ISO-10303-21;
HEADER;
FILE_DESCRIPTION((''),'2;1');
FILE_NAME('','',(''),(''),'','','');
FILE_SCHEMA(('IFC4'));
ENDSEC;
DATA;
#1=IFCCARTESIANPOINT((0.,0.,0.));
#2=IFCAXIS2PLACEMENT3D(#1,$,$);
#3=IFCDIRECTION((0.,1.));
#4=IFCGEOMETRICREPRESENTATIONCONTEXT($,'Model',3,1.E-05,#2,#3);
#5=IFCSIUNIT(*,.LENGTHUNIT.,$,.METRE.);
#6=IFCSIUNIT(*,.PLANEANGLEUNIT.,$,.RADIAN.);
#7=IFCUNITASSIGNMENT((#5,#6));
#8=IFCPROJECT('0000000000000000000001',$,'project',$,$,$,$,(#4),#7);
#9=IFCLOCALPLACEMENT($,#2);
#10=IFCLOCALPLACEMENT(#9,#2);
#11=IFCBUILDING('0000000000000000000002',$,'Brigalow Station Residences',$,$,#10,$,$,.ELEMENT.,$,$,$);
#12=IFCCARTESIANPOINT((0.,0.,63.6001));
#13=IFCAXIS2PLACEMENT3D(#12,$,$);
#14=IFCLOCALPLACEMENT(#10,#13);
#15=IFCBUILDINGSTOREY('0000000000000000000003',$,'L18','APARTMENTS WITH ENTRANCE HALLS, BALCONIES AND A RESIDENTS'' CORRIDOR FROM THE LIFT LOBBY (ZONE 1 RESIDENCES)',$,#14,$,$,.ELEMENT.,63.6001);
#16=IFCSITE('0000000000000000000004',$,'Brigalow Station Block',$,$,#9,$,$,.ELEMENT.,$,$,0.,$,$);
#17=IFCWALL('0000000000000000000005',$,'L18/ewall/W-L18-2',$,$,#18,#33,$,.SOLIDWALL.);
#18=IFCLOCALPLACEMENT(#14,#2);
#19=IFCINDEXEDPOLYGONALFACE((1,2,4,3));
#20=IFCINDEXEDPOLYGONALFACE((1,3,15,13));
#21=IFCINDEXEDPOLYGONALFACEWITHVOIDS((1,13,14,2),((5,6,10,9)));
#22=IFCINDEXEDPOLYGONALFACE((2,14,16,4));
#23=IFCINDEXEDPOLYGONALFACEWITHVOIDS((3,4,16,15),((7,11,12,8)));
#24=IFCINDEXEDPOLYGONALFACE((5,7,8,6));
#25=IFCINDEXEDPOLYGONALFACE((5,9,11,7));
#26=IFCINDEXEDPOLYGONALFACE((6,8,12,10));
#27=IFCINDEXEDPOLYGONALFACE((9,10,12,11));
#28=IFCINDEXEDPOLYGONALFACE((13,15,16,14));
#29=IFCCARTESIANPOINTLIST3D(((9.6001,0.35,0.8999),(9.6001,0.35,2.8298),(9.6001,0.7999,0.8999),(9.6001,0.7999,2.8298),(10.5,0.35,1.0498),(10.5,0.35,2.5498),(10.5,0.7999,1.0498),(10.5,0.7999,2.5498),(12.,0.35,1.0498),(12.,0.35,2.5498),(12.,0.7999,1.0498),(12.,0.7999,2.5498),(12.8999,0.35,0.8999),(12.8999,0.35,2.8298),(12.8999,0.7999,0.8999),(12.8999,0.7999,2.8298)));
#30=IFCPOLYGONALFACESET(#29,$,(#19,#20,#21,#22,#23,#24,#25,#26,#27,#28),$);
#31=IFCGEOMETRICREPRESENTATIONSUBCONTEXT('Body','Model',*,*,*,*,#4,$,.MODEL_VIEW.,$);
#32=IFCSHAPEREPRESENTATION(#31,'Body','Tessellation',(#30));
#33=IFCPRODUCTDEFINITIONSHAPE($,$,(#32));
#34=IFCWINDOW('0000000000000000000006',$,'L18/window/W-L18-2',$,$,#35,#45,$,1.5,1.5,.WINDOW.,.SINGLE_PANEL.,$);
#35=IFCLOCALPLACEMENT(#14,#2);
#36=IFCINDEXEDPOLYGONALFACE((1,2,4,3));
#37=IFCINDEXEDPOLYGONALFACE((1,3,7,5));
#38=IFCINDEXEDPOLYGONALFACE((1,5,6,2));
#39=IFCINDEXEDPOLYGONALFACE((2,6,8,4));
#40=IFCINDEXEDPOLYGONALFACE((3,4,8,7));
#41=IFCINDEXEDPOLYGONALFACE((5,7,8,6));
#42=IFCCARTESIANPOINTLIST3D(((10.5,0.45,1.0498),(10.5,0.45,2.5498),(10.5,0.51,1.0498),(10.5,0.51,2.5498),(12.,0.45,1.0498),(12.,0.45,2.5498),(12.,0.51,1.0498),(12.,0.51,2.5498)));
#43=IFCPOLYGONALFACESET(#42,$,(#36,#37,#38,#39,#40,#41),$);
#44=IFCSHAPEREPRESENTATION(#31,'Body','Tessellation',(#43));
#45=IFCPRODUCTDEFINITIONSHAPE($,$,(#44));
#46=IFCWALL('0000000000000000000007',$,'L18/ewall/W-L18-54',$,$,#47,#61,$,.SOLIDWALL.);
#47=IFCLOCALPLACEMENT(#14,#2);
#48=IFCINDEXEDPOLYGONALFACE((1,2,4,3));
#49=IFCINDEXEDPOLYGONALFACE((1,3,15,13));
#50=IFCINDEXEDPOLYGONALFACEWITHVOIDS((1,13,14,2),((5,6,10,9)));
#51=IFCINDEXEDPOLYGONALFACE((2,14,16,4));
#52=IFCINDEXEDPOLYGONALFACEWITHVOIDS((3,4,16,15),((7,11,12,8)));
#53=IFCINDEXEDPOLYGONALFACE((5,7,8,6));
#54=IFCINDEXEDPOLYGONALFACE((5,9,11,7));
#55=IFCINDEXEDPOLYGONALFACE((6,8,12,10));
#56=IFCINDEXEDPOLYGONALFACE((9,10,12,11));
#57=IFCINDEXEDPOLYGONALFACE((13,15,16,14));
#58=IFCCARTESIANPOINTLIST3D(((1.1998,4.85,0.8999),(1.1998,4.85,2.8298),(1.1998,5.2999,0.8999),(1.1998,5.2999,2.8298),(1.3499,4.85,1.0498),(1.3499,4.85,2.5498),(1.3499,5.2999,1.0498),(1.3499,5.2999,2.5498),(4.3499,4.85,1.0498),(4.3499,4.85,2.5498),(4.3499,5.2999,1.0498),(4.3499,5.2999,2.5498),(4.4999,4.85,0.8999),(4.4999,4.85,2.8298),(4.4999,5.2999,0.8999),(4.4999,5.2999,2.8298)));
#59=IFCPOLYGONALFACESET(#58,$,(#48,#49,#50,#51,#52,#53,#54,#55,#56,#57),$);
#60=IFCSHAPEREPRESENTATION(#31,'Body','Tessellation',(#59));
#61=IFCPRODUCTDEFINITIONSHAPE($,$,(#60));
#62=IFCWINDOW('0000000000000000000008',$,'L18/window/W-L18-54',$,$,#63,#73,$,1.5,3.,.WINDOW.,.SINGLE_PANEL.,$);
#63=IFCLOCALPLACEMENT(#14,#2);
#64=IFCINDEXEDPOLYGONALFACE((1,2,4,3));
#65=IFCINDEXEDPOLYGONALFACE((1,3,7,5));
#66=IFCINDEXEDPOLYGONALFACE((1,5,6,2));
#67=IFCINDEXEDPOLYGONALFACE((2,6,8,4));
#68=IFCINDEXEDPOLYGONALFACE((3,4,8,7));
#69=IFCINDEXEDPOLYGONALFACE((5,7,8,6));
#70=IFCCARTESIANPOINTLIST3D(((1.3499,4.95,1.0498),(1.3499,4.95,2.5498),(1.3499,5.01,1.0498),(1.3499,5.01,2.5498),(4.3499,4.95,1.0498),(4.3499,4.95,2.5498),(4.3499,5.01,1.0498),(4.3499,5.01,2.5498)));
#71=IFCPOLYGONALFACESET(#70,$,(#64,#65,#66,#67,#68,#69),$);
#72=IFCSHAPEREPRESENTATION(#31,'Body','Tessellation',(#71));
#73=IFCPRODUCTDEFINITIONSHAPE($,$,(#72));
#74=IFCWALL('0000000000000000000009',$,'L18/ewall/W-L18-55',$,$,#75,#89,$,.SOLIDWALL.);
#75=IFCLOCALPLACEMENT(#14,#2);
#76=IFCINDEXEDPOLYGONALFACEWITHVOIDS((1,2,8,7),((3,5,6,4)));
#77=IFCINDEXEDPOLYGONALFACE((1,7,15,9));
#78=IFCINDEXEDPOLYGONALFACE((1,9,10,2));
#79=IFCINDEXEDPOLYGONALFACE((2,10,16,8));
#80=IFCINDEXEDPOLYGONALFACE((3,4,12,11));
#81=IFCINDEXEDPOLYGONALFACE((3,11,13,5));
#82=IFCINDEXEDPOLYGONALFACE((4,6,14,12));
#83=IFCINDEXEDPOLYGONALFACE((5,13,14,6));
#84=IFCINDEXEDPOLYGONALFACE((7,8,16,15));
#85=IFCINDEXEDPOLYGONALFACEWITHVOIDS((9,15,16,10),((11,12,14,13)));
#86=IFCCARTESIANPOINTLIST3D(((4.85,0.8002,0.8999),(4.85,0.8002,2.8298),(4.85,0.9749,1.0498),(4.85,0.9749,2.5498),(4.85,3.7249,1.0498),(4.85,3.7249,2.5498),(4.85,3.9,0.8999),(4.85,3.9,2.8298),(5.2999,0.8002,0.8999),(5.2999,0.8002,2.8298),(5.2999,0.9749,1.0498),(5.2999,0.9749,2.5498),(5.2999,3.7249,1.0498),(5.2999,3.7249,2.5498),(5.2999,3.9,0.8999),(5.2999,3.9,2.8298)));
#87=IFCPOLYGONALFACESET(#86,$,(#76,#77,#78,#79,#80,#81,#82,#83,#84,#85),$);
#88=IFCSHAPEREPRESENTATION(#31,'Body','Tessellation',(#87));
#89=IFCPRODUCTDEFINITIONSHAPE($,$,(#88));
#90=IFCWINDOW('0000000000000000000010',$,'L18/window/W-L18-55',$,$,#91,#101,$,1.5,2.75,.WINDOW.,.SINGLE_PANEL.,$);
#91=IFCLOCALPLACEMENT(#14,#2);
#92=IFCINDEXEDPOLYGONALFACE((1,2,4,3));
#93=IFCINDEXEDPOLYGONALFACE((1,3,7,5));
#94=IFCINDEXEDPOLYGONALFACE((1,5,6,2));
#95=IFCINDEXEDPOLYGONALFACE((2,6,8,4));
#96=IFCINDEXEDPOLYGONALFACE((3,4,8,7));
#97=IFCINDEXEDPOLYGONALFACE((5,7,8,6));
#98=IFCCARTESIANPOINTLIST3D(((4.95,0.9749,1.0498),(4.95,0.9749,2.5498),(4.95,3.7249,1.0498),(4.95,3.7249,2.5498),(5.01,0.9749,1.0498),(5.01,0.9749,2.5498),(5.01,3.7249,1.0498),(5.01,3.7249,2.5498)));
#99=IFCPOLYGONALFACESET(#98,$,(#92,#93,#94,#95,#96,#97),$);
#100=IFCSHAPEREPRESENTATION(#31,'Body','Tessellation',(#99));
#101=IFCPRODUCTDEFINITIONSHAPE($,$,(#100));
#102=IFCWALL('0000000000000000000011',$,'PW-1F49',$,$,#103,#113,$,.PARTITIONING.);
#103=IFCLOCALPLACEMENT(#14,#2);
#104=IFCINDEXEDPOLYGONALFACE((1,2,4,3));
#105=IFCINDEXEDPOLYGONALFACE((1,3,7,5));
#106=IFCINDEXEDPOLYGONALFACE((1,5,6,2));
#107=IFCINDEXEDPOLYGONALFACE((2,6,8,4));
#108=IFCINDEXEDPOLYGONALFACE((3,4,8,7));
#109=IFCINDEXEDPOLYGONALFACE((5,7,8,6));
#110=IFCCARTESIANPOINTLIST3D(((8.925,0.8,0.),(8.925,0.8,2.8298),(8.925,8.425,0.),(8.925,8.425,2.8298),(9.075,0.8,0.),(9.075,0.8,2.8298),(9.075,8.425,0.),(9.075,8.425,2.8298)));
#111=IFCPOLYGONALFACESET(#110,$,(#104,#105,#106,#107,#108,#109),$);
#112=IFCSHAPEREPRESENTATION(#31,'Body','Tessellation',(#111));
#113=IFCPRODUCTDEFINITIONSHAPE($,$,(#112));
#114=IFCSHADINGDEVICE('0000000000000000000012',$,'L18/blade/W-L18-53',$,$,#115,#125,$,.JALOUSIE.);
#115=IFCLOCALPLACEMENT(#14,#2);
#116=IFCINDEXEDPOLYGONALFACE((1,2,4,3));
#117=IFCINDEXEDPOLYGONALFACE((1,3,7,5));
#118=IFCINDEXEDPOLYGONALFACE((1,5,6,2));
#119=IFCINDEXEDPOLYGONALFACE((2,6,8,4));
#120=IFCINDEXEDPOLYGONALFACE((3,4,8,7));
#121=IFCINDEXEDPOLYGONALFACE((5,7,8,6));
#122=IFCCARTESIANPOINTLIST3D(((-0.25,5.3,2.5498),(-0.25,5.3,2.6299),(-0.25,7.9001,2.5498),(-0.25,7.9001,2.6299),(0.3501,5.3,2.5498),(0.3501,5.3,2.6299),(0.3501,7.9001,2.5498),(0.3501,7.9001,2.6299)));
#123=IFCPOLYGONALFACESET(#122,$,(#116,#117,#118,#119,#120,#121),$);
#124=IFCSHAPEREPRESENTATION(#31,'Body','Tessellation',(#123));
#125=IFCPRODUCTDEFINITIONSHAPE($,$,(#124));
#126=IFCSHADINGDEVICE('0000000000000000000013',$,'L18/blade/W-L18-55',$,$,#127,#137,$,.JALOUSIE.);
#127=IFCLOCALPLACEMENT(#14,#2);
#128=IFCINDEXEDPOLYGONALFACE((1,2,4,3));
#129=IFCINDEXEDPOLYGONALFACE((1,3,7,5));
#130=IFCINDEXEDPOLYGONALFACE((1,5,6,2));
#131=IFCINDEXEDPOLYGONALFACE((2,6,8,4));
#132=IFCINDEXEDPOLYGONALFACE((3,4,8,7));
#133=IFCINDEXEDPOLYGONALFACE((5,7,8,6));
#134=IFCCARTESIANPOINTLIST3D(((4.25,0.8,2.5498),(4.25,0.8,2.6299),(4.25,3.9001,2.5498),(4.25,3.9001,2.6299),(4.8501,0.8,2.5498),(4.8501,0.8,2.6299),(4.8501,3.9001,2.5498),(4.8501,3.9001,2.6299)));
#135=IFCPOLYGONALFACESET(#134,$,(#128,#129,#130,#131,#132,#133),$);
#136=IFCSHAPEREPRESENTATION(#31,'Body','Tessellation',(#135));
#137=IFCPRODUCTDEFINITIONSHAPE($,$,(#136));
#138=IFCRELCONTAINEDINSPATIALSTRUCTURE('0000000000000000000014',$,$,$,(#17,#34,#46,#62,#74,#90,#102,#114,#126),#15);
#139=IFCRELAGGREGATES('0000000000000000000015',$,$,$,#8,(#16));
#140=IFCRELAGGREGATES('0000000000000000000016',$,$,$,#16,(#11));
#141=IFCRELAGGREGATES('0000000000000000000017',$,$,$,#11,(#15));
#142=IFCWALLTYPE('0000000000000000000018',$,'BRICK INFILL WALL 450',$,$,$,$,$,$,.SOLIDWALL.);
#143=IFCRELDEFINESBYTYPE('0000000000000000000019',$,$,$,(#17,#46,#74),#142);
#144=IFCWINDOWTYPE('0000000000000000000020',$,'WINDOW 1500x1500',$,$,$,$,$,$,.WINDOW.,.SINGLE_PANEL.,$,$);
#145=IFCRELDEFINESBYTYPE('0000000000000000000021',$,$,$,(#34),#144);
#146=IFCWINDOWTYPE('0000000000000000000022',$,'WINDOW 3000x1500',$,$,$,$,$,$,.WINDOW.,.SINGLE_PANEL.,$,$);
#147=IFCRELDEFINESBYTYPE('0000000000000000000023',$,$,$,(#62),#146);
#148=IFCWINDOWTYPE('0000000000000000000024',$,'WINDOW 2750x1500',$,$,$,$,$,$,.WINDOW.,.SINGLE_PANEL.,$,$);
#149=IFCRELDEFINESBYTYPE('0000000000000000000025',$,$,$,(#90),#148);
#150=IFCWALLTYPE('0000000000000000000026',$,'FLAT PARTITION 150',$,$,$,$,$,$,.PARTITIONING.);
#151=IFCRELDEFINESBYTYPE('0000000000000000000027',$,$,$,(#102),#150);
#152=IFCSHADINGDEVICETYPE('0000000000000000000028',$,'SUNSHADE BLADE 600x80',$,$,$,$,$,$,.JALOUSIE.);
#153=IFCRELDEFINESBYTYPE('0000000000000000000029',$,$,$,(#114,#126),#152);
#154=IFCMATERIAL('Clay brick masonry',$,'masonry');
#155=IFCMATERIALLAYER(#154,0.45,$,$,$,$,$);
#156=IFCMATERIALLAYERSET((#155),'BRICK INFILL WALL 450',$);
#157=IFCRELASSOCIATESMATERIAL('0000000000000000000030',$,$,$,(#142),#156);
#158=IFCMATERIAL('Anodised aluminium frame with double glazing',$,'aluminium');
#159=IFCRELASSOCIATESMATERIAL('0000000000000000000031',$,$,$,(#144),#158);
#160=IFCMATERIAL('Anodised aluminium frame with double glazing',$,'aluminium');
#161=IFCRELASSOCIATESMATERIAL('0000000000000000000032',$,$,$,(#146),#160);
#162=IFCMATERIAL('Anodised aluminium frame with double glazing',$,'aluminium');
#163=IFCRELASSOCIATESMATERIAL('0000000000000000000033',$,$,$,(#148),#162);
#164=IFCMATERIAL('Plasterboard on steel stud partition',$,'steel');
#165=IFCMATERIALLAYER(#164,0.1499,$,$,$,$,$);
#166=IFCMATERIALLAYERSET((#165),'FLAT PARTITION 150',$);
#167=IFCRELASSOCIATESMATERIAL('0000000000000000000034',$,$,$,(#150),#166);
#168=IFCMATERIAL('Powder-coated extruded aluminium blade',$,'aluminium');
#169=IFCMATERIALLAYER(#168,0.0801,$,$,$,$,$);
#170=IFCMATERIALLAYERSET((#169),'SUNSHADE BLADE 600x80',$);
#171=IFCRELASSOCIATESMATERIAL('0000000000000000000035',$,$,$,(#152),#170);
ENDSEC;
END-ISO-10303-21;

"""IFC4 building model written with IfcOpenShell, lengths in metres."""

from ifc_helpers import new_model, si_unit, direction, frame, frame_2d, origin, origin_2d, place, context, subcontext, project, spatial, rectangle, extrude, material, layer, layer_set, type_object, element, fill, save


model = new_model("IFC4")

# Units and contexts
model_context = context("Model", 3, precision=1e-05, world=origin(), true_north=direction((0.0, 1.0)))
body_context = subcontext(model_context, "Body", "Model", "MODEL_VIEW")
ifc_project = project(units=[si_unit("LENGTHUNIT", "METRE"), si_unit("PLANEANGLEUNIT", "RADIAN")], contexts=[model_context])

# Site, building, storey
site_placement = place(None, origin())
site = spatial("IfcSite", under=ifc_project, at=site_placement, Name="Brigalow Station Block", CompositionType="ELEMENT", RefElevation=0.0)
building_placement = place(site_placement, origin())
building = spatial("IfcBuilding", under=site, at=building_placement, Name="Brigalow Station Residences", CompositionType="ELEMENT")
storey_placement = place(building_placement, frame((0.0, 0.0, 63.6001)))
storey = spatial("IfcBuildingStorey", under=building, at=storey_placement, Name="L18", Description="APARTMENTS WITH ENTRANCE HALLS, BALCONIES AND A RESIDENTS' CORRIDOR FROM THE LIFT LOBBY (ZONE 1 RESIDENCES)", CompositionType="ELEMENT", Elevation=63.6001)

# Walls, openings, windows
ifc_material_1 = material(Name="Clay brick masonry", Category="masonry")
ifc_layer_1 = layer(ifc_material_1, 0.45)
ifc_layer_set_1 = layer_set([ifc_layer_1], Name="BRICK INFILL WALL 450")
wall_type_1 = type_object("IfcWallType", Name="BRICK INFILL WALL 450", PredefinedType="SOLIDWALL", material=ifc_layer_set_1)
ifc_material_2 = material(Name="Anodised aluminium frame with double glazing", Category="aluminium")
window_type_1 = type_object("IfcWindowType", Name="WINDOW 1500x1500", PartitioningType="SINGLE_PANEL", PredefinedType="WINDOW", material=ifc_material_2)
wall_1_placement = place(storey_placement, frame((9.6001, 0.575, 0.8999), z_axis=(0.0, 0.0, 1.0), x_axis=(1.0, 0.0, 0.0)))
wall_1 = element("IfcWall", 1, at=wall_1_placement, inside=storey, type_object=wall_type_1, Name="L18/ewall/W-L18-2", PredefinedType="SOLIDWALL", context=body_context, shape_type="SweptSolid", body=[
    extrude(rectangle(XDim=3.2998, YDim=0.45, at=frame_2d((1.6499, 0.0))), origin(), (0.0, 0.0, 1.0), 1.9299),
])
opening_1_placement = place(wall_1_placement, frame((0.8999, 0.0, 0.1499)))
opening_1 = element("IfcOpeningElement", 2, at=opening_1_placement, cuts=wall_1, PredefinedType="OPENING", context=body_context, shape_type="SweptSolid", body=[
    extrude(rectangle(XDim=1.5, YDim=1.5, at=frame_2d((0.75, 0.75))), frame((0.0, 0.2349, 0.0), z_axis=(0.0, -1.0, 0.0), x_axis=(1.0, 0.0, 0.0)), (0.0, 0.0, 1.0), 0.47),
])
window_1_placement = place(opening_1_placement, origin())
window_1 = element("IfcWindow", 3, at=window_1_placement, inside=storey, type_object=window_type_1, Name="L18/window/W-L18-2", OverallHeight=1.5, OverallWidth=1.5, PartitioningType="SINGLE_PANEL", PredefinedType="WINDOW", context=body_context, shape_type="SweptSolid", body=[
    extrude(rectangle(XDim=1.5, YDim=1.5, at=frame_2d((0.75, 0.75))), frame((0.0, -0.0649, 0.0), z_axis=(0.0, -1.0, 0.0), x_axis=(1.0, 0.0, 0.0)), (0.0, 0.0, 1.0), 0.0601),
])
fill(opening_1, window_1)
wall_2_placement = place(storey_placement, frame((1.2, 5.075, 0.8999), z_axis=(0.0, 0.0, 1.0), x_axis=(1.0, 0.0, 0.0)))
wall_2 = element("IfcWall", 4, at=wall_2_placement, inside=storey, type_object=wall_type_1, Name="L18/ewall/W-L18-54", PredefinedType="SOLIDWALL", context=body_context, shape_type="SweptSolid", body=[
    extrude(rectangle(XDim=3.3, YDim=0.45, at=frame_2d((1.6499, 0.0))), origin(), (0.0, 0.0, 1.0), 1.9299),
])
opening_2_placement = place(wall_2_placement, frame((0.1499, 0.0, 0.1499)))
opening_2 = element("IfcOpeningElement", 5, at=opening_2_placement, cuts=wall_2, PredefinedType="OPENING", context=body_context, shape_type="SweptSolid", body=[
    extrude(rectangle(XDim=3.0, YDim=1.5, at=frame_2d((1.5, 0.75))), frame((0.0, 0.2349, 0.0), z_axis=(0.0, -1.0, 0.0), x_axis=(1.0, 0.0, 0.0)), (0.0, 0.0, 1.0), 0.47),
])
ifc_material_3 = material(Name="Anodised aluminium frame with double glazing", Category="aluminium")
window_type_2 = type_object("IfcWindowType", Name="WINDOW 3000x1500", PartitioningType="SINGLE_PANEL", PredefinedType="WINDOW", material=ifc_material_3)
window_2_placement = place(opening_2_placement, origin())
window_2 = element("IfcWindow", 6, at=window_2_placement, inside=storey, type_object=window_type_2, Name="L18/window/W-L18-54", OverallHeight=1.5, OverallWidth=3.0, PartitioningType="SINGLE_PANEL", PredefinedType="WINDOW", context=body_context, shape_type="SweptSolid", body=[
    extrude(rectangle(XDim=3.0, YDim=1.5, at=frame_2d((1.5, 0.75))), frame((0.0, -0.0649, 0.0), z_axis=(0.0, -1.0, 0.0), x_axis=(1.0, 0.0, 0.0)), (0.0, 0.0, 1.0), 0.0601),
])
fill(opening_2, window_2)
wall_3_placement = place(storey_placement, frame((5.075, 3.8999, 0.8999), z_axis=(0.0, 0.0, 1.0), x_axis=(0.0, -1.0, 0.0)))
wall_3 = element("IfcWall", 7, at=wall_3_placement, inside=storey, type_object=wall_type_1, Name="L18/ewall/W-L18-55", PredefinedType="SOLIDWALL", context=body_context, shape_type="SweptSolid", body=[
    extrude(rectangle(XDim=3.0999, YDim=0.45, at=frame_2d((1.5498, 0.0))), origin(), (0.0, 0.0, 1.0), 1.9299),
])
opening_3_placement = place(wall_3_placement, frame((0.175, 0.0, 0.1499)))
opening_3 = element("IfcOpeningElement", 8, at=opening_3_placement, cuts=wall_3, PredefinedType="OPENING", context=body_context, shape_type="SweptSolid", body=[
    extrude(rectangle(XDim=2.75, YDim=1.5, at=frame_2d((1.375, 0.75))), frame((0.0, 0.2349, 0.0), z_axis=(0.0, -1.0, 0.0), x_axis=(1.0, 0.0, 0.0)), (0.0, 0.0, 1.0), 0.47),
])
ifc_material_4 = material(Name="Anodised aluminium frame with double glazing", Category="aluminium")
window_type_3 = type_object("IfcWindowType", Name="WINDOW 2750x1500", PartitioningType="SINGLE_PANEL", PredefinedType="WINDOW", material=ifc_material_4)
window_3_placement = place(opening_3_placement, origin())
window_3 = element("IfcWindow", 9, at=window_3_placement, inside=storey, type_object=window_type_3, Name="L18/window/W-L18-55", OverallHeight=1.5, OverallWidth=2.75, PartitioningType="SINGLE_PANEL", PredefinedType="WINDOW", context=body_context, shape_type="SweptSolid", body=[
    extrude(rectangle(XDim=2.75, YDim=1.5, at=frame_2d((1.375, 0.75))), frame((0.0, -0.0649, 0.0), z_axis=(0.0, -1.0, 0.0), x_axis=(1.0, 0.0, 0.0)), (0.0, 0.0, 1.0), 0.0601),
])
fill(opening_3, window_3)

# Wall
ifc_material_5 = material(Name="Plasterboard on steel stud partition", Category="steel")
ifc_layer_2 = layer(ifc_material_5, 0.1499)
ifc_layer_set_2 = layer_set([ifc_layer_2], Name="FLAT PARTITION 150")
wall_type_2 = type_object("IfcWallType", Name="FLAT PARTITION 150", PredefinedType="PARTITIONING", material=ifc_layer_set_2)
wall_4_placement = place(storey_placement, frame((9.0, 0.8, 0.0), z_axis=(0.0, 0.0, 1.0), x_axis=(0.0, 1.0, 0.0)))
element("IfcWall", 10, at=wall_4_placement, inside=storey, type_object=wall_type_2, Name="PW-1F49", PredefinedType="PARTITIONING", context=body_context, shape_type="SweptSolid", body=[
    extrude(rectangle(XDim=7.625, YDim=0.1499, at=frame_2d((3.8125, 0.0))), origin(), (0.0, 0.0, 1.0), 2.8298),
])

# Shading devices
ifc_material_6 = material(Name="Powder-coated extruded aluminium blade", Category="aluminium")
ifc_layer_3 = layer(ifc_material_6, 0.0801)
ifc_layer_set_3 = layer_set([ifc_layer_3], Name="SUNSHADE BLADE 600x80")
shading_device_type = type_object("IfcShadingDeviceType", Name="SUNSHADE BLADE 600x80", PredefinedType="JALOUSIE", material=ifc_layer_set_3)
shading_device_1_placement = place(storey_placement, frame((0.05, 6.6001, 2.5498), z_axis=(0.0, 0.0, 1.0), x_axis=(0.0, -1.0, 0.0)))
element("IfcShadingDevice", 11, at=shading_device_1_placement, inside=storey, type_object=shading_device_type, Name="L18/blade/W-L18-53", PredefinedType="JALOUSIE", context=body_context, shape_type="SweptSolid", body=[
    extrude(rectangle(XDim=2.6001, YDim=0.6001, at=origin_2d()), origin(), (0.0, 0.0, 1.0), 0.0801),
])
shading_device_2_placement = place(storey_placement, frame((4.55, 2.3501, 2.5498), z_axis=(0.0, 0.0, 1.0), x_axis=(0.0, -1.0, 0.0)))
element("IfcShadingDevice", 12, at=shading_device_2_placement, inside=storey, type_object=shading_device_type, Name="L18/blade/W-L18-55", PredefinedType="JALOUSIE", context=body_context, shape_type="SweptSolid", body=[
    extrude(rectangle(XDim=3.1001, YDim=0.6001, at=origin_2d()), origin(), (0.0, 0.0, 1.0), 0.0801),
])

save(model, "model.ifc")
